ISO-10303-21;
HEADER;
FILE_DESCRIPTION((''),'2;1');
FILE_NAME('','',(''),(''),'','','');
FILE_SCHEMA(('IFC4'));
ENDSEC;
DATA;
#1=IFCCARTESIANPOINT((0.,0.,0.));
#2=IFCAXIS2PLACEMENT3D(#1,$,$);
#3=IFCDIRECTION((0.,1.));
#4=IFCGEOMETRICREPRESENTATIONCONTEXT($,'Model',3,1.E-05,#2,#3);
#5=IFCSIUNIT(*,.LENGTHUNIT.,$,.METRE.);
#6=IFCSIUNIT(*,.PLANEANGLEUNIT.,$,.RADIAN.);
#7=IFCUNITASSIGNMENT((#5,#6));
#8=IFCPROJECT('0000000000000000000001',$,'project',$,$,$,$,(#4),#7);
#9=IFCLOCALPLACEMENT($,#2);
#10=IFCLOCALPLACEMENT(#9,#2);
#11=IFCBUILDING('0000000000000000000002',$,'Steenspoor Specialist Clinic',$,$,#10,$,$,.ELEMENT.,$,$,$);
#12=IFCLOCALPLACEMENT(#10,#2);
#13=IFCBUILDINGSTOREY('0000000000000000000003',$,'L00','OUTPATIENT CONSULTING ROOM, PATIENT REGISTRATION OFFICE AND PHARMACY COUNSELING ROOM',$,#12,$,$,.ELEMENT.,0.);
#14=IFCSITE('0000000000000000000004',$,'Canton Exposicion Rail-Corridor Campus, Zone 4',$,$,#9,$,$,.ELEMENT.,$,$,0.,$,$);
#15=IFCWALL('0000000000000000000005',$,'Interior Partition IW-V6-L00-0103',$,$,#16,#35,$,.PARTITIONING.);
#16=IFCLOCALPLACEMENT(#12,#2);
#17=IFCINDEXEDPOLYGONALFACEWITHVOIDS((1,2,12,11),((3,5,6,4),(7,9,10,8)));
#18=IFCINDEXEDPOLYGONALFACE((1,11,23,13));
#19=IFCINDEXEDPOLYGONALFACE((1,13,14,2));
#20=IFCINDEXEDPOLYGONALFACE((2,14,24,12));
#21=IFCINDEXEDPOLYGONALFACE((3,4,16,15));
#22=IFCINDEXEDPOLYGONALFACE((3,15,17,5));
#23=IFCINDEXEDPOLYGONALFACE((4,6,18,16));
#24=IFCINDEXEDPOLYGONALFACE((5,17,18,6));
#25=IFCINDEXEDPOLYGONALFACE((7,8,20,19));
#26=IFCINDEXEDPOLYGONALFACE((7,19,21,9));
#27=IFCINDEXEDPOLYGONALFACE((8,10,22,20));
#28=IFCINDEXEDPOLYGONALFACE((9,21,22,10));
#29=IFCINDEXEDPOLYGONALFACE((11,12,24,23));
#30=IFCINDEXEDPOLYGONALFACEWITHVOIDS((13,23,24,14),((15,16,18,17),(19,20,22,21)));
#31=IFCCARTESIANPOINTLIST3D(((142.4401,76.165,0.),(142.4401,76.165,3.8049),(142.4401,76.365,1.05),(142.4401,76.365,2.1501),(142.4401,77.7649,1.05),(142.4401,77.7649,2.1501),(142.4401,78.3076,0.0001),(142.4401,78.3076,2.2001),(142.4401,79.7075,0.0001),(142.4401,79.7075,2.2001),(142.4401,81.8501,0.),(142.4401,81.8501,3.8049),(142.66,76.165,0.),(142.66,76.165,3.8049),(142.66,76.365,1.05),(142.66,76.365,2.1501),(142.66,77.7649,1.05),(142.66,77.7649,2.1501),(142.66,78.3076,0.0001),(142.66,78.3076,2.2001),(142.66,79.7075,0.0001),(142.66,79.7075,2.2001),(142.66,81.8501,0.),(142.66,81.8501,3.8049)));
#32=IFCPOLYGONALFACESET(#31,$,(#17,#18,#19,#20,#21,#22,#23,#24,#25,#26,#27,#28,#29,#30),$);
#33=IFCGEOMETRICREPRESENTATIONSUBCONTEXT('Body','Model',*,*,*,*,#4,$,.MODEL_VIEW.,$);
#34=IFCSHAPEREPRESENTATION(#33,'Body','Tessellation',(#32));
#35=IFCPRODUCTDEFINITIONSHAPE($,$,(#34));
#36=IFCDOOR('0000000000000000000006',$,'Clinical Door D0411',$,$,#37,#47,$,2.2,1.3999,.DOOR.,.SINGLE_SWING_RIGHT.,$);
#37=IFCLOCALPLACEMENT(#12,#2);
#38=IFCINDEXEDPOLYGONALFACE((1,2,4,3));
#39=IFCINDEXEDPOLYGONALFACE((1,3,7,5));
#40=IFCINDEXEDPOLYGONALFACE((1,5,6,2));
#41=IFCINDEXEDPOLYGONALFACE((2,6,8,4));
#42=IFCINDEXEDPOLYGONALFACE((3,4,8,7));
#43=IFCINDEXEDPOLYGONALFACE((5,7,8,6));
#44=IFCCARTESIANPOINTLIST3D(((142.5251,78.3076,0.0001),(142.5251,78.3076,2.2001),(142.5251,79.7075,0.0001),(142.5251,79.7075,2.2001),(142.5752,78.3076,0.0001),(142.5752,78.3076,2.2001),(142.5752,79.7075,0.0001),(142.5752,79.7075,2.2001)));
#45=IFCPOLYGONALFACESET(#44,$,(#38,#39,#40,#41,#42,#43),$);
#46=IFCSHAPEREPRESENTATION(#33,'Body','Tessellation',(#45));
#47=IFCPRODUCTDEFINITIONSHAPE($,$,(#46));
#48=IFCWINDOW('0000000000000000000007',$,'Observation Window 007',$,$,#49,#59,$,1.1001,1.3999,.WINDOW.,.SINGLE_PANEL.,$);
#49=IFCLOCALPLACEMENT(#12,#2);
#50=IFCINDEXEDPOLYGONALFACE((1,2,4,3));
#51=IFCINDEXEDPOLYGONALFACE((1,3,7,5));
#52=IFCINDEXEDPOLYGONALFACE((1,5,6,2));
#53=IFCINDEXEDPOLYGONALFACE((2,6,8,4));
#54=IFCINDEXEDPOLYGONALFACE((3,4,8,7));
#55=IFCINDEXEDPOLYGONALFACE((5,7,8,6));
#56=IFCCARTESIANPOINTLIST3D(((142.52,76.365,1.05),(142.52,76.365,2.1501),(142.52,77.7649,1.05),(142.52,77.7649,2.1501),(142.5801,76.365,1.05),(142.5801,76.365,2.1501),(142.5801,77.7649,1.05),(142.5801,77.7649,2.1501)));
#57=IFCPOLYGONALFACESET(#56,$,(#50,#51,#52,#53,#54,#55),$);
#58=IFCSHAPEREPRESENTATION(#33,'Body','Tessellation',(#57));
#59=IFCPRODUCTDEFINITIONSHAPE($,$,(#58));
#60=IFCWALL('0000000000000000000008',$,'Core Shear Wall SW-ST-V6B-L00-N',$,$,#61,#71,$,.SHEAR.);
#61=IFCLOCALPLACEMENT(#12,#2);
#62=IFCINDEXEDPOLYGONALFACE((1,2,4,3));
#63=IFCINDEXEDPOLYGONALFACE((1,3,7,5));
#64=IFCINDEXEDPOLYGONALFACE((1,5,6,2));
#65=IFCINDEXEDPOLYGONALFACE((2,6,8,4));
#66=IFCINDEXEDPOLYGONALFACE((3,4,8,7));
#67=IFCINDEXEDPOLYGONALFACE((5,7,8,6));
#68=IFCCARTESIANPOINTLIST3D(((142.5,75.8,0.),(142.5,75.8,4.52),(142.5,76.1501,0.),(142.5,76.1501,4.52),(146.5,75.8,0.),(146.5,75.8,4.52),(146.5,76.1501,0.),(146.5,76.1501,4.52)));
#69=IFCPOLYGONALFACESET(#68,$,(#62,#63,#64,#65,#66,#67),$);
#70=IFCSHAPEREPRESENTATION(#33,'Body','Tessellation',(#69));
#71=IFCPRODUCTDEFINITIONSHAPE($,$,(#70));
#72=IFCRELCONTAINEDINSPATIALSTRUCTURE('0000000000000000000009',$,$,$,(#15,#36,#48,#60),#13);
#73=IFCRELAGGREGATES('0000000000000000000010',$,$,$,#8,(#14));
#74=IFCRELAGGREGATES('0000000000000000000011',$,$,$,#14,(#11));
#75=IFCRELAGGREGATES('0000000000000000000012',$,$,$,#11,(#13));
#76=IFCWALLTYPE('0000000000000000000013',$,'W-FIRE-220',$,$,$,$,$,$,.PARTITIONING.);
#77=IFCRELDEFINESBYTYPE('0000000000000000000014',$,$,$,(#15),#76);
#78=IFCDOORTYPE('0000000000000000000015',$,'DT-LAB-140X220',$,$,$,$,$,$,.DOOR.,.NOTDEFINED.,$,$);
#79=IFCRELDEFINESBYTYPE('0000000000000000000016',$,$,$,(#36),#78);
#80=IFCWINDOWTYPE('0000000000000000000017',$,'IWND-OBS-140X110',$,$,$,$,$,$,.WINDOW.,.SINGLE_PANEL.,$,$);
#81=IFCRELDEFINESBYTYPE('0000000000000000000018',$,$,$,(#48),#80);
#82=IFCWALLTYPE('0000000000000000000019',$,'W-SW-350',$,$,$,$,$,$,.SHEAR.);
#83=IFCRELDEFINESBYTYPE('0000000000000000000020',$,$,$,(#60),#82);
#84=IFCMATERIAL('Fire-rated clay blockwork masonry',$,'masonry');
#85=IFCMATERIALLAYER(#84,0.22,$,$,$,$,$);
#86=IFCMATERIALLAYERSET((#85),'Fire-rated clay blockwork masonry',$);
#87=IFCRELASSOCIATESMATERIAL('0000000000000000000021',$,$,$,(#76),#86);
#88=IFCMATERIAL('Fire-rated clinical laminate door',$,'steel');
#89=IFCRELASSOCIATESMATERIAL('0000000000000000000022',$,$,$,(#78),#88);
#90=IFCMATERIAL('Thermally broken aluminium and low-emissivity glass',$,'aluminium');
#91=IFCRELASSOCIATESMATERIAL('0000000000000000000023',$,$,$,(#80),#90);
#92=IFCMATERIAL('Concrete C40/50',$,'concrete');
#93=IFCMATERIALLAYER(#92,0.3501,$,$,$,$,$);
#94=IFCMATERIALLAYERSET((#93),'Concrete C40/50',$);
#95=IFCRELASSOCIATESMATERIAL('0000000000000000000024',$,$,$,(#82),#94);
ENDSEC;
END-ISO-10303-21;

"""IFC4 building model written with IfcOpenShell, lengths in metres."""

from ifc_helpers import new_model, si_unit, direction, frame, frame_2d, origin, place, context, subcontext, project, spatial, rectangle, extrude, material, layer, layer_set, type_object, element, fill, save


model = new_model("IFC4")

# Units and contexts
model_context = context("Model", 3, precision=1e-05, world=origin(), true_north=direction((0.0, 1.0)))
body_context = subcontext(model_context, "Body", "Model", "MODEL_VIEW")
ifc_project = project(units=[si_unit("LENGTHUNIT", "METRE"), si_unit("PLANEANGLEUNIT", "RADIAN")], contexts=[model_context])

# Site, building, storey
site_placement = place(None, origin())
site = spatial("IfcSite", under=ifc_project, at=site_placement, Name="Canton Exposicion Rail-Corridor Campus, Zone 4", CompositionType="ELEMENT", RefElevation=0.0)
building_placement = place(site_placement, origin())
building = spatial("IfcBuilding", under=site, at=building_placement, Name="Steenspoor Specialist Clinic", CompositionType="ELEMENT")
storey_placement = place(building_placement, origin())
storey = spatial("IfcBuildingStorey", under=building, at=storey_placement, Name="L00", Description="OUTPATIENT CONSULTING ROOM, PATIENT REGISTRATION OFFICE AND PHARMACY COUNSELING ROOM", CompositionType="ELEMENT", Elevation=0.0)

# Shared definitions
ifc_material_1 = material(Name="Concrete C40/50", Category="concrete")

# Shared definitions
ifc_material_2 = material(Name="Fire-rated clay blockwork masonry", Category="masonry")
ifc_layer_1 = layer(ifc_material_2, 0.22)
ifc_layer_set_1 = layer_set([ifc_layer_1], Name="Fire-rated clay blockwork masonry")
wall_type_1 = type_object("IfcWallType", Name="W-FIRE-220", PredefinedType="PARTITIONING", material=ifc_layer_set_1)

# Wall, openings, door, window
wall_1_placement = place(storey_placement, frame((142.55, 76.165, 0.0), z_axis=(0.0, 0.0, 1.0), x_axis=(0.0, 1.0, 0.0)))
wall_1 = element("IfcWall", 1, at=wall_1_placement, inside=storey, type_object=wall_type_1, Name="Interior Partition IW-V6-L00-0103", PredefinedType="PARTITIONING", context=body_context, shape_type="SweptSolid", body=[
    extrude(rectangle(XDim=5.6851, YDim=0.22, at=frame_2d((2.8425, 0.0))), origin(), (0.0, 0.0, 1.0), 3.8049),
])
opening_1_placement = place(wall_1_placement, frame((2.1426, 0.0, 0.0)))
opening_1 = element("IfcOpeningElement", 2, at=opening_1_placement, cuts=wall_1, PredefinedType="OPENING", context=body_context, shape_type="SweptSolid", body=[
    extrude(rectangle(XDim=1.3999, YDim=2.2, at=frame_2d((0.7, 1.1001))), frame((0.0, 0.1201, 0.0), z_axis=(0.0, -1.0, 0.0), x_axis=(1.0, 0.0, 0.0)), (0.0, 0.0, 1.0), 0.24),
])
opening_2_placement = place(wall_1_placement, frame((0.2, 0.0, 1.05)))
opening_2 = element("IfcOpeningElement", 3, at=opening_2_placement, cuts=wall_1, PredefinedType="OPENING", context=body_context, shape_type="SweptSolid", body=[
    extrude(rectangle(XDim=1.3999, YDim=1.1001, at=frame_2d((0.7, 0.55))), frame((0.0, 0.1201, 0.0), z_axis=(0.0, -1.0, 0.0), x_axis=(1.0, 0.0, 0.0)), (0.0, 0.0, 1.0), 0.24),
])
ifc_material_3 = material(Name="Fire-rated clinical laminate door", Category="steel")
door_type_1 = type_object("IfcDoorType", Name="DT-LAB-140X220", OperationType="NOTDEFINED", PredefinedType="DOOR", material=ifc_material_3)
door_1_placement = place(opening_1_placement, origin())
door_1 = element("IfcDoor", 4, at=door_1_placement, inside=storey, type_object=door_type_1, Name="Clinical Door D0411", OperationType="SINGLE_SWING_RIGHT", OverallHeight=2.2, OverallWidth=1.3999, PredefinedType="DOOR", context=body_context, shape_type="SweptSolid", body=[
    extrude(rectangle(XDim=1.3999, YDim=2.2, at=frame_2d((0.7, 1.1001))), frame((0.0, 0.0249, 0.0), z_axis=(0.0, -1.0, 0.0), x_axis=(1.0, 0.0, 0.0)), (0.0, 0.0, 1.0), 0.05),
])
fill(opening_1, door_1)
ifc_material_4 = material(Name="Thermally broken aluminium and low-emissivity glass", Category="aluminium")
window_type = type_object("IfcWindowType", Name="IWND-OBS-140X110", PartitioningType="SINGLE_PANEL", PredefinedType="WINDOW", material=ifc_material_4)
window_placement = place(opening_2_placement, origin())
window = element("IfcWindow", 5, at=window_placement, inside=storey, type_object=window_type, Name="Observation Window 007", OverallHeight=1.1001, OverallWidth=1.3999, PartitioningType="SINGLE_PANEL", PredefinedType="WINDOW", context=body_context, shape_type="SweptSolid", body=[
    extrude(rectangle(XDim=1.3999, YDim=1.1001, at=frame_2d((0.7, 0.55))), frame((0.0, 0.03, 0.0), z_axis=(0.0, -1.0, 0.0), x_axis=(1.0, 0.0, 0.0)), (0.0, 0.0, 1.0), 0.0601),
])
fill(opening_2, window)

# Wall
ifc_layer_2 = layer(ifc_material_1, 0.3501)
ifc_layer_set_2 = layer_set([ifc_layer_2], Name="Concrete C40/50")
wall_type_2 = type_object("IfcWallType", Name="W-SW-350", PredefinedType="SHEAR", material=ifc_layer_set_2)
wall_2_placement = place(storey_placement, frame((142.5, 75.9751, 0.0), z_axis=(0.0, 0.0, 1.0), x_axis=(1.0, 0.0, 0.0)))
element("IfcWall", 6, at=wall_2_placement, inside=storey, type_object=wall_type_2, Name="Core Shear Wall SW-ST-V6B-L00-N", PredefinedType="SHEAR", context=body_context, shape_type="SweptSolid", body=[
    extrude(rectangle(XDim=4.0, YDim=0.3501, at=frame_2d((2.0, 0.0))), origin(), (0.0, 0.0, 1.0), 4.52),
])

save(model, "model.ifc")
